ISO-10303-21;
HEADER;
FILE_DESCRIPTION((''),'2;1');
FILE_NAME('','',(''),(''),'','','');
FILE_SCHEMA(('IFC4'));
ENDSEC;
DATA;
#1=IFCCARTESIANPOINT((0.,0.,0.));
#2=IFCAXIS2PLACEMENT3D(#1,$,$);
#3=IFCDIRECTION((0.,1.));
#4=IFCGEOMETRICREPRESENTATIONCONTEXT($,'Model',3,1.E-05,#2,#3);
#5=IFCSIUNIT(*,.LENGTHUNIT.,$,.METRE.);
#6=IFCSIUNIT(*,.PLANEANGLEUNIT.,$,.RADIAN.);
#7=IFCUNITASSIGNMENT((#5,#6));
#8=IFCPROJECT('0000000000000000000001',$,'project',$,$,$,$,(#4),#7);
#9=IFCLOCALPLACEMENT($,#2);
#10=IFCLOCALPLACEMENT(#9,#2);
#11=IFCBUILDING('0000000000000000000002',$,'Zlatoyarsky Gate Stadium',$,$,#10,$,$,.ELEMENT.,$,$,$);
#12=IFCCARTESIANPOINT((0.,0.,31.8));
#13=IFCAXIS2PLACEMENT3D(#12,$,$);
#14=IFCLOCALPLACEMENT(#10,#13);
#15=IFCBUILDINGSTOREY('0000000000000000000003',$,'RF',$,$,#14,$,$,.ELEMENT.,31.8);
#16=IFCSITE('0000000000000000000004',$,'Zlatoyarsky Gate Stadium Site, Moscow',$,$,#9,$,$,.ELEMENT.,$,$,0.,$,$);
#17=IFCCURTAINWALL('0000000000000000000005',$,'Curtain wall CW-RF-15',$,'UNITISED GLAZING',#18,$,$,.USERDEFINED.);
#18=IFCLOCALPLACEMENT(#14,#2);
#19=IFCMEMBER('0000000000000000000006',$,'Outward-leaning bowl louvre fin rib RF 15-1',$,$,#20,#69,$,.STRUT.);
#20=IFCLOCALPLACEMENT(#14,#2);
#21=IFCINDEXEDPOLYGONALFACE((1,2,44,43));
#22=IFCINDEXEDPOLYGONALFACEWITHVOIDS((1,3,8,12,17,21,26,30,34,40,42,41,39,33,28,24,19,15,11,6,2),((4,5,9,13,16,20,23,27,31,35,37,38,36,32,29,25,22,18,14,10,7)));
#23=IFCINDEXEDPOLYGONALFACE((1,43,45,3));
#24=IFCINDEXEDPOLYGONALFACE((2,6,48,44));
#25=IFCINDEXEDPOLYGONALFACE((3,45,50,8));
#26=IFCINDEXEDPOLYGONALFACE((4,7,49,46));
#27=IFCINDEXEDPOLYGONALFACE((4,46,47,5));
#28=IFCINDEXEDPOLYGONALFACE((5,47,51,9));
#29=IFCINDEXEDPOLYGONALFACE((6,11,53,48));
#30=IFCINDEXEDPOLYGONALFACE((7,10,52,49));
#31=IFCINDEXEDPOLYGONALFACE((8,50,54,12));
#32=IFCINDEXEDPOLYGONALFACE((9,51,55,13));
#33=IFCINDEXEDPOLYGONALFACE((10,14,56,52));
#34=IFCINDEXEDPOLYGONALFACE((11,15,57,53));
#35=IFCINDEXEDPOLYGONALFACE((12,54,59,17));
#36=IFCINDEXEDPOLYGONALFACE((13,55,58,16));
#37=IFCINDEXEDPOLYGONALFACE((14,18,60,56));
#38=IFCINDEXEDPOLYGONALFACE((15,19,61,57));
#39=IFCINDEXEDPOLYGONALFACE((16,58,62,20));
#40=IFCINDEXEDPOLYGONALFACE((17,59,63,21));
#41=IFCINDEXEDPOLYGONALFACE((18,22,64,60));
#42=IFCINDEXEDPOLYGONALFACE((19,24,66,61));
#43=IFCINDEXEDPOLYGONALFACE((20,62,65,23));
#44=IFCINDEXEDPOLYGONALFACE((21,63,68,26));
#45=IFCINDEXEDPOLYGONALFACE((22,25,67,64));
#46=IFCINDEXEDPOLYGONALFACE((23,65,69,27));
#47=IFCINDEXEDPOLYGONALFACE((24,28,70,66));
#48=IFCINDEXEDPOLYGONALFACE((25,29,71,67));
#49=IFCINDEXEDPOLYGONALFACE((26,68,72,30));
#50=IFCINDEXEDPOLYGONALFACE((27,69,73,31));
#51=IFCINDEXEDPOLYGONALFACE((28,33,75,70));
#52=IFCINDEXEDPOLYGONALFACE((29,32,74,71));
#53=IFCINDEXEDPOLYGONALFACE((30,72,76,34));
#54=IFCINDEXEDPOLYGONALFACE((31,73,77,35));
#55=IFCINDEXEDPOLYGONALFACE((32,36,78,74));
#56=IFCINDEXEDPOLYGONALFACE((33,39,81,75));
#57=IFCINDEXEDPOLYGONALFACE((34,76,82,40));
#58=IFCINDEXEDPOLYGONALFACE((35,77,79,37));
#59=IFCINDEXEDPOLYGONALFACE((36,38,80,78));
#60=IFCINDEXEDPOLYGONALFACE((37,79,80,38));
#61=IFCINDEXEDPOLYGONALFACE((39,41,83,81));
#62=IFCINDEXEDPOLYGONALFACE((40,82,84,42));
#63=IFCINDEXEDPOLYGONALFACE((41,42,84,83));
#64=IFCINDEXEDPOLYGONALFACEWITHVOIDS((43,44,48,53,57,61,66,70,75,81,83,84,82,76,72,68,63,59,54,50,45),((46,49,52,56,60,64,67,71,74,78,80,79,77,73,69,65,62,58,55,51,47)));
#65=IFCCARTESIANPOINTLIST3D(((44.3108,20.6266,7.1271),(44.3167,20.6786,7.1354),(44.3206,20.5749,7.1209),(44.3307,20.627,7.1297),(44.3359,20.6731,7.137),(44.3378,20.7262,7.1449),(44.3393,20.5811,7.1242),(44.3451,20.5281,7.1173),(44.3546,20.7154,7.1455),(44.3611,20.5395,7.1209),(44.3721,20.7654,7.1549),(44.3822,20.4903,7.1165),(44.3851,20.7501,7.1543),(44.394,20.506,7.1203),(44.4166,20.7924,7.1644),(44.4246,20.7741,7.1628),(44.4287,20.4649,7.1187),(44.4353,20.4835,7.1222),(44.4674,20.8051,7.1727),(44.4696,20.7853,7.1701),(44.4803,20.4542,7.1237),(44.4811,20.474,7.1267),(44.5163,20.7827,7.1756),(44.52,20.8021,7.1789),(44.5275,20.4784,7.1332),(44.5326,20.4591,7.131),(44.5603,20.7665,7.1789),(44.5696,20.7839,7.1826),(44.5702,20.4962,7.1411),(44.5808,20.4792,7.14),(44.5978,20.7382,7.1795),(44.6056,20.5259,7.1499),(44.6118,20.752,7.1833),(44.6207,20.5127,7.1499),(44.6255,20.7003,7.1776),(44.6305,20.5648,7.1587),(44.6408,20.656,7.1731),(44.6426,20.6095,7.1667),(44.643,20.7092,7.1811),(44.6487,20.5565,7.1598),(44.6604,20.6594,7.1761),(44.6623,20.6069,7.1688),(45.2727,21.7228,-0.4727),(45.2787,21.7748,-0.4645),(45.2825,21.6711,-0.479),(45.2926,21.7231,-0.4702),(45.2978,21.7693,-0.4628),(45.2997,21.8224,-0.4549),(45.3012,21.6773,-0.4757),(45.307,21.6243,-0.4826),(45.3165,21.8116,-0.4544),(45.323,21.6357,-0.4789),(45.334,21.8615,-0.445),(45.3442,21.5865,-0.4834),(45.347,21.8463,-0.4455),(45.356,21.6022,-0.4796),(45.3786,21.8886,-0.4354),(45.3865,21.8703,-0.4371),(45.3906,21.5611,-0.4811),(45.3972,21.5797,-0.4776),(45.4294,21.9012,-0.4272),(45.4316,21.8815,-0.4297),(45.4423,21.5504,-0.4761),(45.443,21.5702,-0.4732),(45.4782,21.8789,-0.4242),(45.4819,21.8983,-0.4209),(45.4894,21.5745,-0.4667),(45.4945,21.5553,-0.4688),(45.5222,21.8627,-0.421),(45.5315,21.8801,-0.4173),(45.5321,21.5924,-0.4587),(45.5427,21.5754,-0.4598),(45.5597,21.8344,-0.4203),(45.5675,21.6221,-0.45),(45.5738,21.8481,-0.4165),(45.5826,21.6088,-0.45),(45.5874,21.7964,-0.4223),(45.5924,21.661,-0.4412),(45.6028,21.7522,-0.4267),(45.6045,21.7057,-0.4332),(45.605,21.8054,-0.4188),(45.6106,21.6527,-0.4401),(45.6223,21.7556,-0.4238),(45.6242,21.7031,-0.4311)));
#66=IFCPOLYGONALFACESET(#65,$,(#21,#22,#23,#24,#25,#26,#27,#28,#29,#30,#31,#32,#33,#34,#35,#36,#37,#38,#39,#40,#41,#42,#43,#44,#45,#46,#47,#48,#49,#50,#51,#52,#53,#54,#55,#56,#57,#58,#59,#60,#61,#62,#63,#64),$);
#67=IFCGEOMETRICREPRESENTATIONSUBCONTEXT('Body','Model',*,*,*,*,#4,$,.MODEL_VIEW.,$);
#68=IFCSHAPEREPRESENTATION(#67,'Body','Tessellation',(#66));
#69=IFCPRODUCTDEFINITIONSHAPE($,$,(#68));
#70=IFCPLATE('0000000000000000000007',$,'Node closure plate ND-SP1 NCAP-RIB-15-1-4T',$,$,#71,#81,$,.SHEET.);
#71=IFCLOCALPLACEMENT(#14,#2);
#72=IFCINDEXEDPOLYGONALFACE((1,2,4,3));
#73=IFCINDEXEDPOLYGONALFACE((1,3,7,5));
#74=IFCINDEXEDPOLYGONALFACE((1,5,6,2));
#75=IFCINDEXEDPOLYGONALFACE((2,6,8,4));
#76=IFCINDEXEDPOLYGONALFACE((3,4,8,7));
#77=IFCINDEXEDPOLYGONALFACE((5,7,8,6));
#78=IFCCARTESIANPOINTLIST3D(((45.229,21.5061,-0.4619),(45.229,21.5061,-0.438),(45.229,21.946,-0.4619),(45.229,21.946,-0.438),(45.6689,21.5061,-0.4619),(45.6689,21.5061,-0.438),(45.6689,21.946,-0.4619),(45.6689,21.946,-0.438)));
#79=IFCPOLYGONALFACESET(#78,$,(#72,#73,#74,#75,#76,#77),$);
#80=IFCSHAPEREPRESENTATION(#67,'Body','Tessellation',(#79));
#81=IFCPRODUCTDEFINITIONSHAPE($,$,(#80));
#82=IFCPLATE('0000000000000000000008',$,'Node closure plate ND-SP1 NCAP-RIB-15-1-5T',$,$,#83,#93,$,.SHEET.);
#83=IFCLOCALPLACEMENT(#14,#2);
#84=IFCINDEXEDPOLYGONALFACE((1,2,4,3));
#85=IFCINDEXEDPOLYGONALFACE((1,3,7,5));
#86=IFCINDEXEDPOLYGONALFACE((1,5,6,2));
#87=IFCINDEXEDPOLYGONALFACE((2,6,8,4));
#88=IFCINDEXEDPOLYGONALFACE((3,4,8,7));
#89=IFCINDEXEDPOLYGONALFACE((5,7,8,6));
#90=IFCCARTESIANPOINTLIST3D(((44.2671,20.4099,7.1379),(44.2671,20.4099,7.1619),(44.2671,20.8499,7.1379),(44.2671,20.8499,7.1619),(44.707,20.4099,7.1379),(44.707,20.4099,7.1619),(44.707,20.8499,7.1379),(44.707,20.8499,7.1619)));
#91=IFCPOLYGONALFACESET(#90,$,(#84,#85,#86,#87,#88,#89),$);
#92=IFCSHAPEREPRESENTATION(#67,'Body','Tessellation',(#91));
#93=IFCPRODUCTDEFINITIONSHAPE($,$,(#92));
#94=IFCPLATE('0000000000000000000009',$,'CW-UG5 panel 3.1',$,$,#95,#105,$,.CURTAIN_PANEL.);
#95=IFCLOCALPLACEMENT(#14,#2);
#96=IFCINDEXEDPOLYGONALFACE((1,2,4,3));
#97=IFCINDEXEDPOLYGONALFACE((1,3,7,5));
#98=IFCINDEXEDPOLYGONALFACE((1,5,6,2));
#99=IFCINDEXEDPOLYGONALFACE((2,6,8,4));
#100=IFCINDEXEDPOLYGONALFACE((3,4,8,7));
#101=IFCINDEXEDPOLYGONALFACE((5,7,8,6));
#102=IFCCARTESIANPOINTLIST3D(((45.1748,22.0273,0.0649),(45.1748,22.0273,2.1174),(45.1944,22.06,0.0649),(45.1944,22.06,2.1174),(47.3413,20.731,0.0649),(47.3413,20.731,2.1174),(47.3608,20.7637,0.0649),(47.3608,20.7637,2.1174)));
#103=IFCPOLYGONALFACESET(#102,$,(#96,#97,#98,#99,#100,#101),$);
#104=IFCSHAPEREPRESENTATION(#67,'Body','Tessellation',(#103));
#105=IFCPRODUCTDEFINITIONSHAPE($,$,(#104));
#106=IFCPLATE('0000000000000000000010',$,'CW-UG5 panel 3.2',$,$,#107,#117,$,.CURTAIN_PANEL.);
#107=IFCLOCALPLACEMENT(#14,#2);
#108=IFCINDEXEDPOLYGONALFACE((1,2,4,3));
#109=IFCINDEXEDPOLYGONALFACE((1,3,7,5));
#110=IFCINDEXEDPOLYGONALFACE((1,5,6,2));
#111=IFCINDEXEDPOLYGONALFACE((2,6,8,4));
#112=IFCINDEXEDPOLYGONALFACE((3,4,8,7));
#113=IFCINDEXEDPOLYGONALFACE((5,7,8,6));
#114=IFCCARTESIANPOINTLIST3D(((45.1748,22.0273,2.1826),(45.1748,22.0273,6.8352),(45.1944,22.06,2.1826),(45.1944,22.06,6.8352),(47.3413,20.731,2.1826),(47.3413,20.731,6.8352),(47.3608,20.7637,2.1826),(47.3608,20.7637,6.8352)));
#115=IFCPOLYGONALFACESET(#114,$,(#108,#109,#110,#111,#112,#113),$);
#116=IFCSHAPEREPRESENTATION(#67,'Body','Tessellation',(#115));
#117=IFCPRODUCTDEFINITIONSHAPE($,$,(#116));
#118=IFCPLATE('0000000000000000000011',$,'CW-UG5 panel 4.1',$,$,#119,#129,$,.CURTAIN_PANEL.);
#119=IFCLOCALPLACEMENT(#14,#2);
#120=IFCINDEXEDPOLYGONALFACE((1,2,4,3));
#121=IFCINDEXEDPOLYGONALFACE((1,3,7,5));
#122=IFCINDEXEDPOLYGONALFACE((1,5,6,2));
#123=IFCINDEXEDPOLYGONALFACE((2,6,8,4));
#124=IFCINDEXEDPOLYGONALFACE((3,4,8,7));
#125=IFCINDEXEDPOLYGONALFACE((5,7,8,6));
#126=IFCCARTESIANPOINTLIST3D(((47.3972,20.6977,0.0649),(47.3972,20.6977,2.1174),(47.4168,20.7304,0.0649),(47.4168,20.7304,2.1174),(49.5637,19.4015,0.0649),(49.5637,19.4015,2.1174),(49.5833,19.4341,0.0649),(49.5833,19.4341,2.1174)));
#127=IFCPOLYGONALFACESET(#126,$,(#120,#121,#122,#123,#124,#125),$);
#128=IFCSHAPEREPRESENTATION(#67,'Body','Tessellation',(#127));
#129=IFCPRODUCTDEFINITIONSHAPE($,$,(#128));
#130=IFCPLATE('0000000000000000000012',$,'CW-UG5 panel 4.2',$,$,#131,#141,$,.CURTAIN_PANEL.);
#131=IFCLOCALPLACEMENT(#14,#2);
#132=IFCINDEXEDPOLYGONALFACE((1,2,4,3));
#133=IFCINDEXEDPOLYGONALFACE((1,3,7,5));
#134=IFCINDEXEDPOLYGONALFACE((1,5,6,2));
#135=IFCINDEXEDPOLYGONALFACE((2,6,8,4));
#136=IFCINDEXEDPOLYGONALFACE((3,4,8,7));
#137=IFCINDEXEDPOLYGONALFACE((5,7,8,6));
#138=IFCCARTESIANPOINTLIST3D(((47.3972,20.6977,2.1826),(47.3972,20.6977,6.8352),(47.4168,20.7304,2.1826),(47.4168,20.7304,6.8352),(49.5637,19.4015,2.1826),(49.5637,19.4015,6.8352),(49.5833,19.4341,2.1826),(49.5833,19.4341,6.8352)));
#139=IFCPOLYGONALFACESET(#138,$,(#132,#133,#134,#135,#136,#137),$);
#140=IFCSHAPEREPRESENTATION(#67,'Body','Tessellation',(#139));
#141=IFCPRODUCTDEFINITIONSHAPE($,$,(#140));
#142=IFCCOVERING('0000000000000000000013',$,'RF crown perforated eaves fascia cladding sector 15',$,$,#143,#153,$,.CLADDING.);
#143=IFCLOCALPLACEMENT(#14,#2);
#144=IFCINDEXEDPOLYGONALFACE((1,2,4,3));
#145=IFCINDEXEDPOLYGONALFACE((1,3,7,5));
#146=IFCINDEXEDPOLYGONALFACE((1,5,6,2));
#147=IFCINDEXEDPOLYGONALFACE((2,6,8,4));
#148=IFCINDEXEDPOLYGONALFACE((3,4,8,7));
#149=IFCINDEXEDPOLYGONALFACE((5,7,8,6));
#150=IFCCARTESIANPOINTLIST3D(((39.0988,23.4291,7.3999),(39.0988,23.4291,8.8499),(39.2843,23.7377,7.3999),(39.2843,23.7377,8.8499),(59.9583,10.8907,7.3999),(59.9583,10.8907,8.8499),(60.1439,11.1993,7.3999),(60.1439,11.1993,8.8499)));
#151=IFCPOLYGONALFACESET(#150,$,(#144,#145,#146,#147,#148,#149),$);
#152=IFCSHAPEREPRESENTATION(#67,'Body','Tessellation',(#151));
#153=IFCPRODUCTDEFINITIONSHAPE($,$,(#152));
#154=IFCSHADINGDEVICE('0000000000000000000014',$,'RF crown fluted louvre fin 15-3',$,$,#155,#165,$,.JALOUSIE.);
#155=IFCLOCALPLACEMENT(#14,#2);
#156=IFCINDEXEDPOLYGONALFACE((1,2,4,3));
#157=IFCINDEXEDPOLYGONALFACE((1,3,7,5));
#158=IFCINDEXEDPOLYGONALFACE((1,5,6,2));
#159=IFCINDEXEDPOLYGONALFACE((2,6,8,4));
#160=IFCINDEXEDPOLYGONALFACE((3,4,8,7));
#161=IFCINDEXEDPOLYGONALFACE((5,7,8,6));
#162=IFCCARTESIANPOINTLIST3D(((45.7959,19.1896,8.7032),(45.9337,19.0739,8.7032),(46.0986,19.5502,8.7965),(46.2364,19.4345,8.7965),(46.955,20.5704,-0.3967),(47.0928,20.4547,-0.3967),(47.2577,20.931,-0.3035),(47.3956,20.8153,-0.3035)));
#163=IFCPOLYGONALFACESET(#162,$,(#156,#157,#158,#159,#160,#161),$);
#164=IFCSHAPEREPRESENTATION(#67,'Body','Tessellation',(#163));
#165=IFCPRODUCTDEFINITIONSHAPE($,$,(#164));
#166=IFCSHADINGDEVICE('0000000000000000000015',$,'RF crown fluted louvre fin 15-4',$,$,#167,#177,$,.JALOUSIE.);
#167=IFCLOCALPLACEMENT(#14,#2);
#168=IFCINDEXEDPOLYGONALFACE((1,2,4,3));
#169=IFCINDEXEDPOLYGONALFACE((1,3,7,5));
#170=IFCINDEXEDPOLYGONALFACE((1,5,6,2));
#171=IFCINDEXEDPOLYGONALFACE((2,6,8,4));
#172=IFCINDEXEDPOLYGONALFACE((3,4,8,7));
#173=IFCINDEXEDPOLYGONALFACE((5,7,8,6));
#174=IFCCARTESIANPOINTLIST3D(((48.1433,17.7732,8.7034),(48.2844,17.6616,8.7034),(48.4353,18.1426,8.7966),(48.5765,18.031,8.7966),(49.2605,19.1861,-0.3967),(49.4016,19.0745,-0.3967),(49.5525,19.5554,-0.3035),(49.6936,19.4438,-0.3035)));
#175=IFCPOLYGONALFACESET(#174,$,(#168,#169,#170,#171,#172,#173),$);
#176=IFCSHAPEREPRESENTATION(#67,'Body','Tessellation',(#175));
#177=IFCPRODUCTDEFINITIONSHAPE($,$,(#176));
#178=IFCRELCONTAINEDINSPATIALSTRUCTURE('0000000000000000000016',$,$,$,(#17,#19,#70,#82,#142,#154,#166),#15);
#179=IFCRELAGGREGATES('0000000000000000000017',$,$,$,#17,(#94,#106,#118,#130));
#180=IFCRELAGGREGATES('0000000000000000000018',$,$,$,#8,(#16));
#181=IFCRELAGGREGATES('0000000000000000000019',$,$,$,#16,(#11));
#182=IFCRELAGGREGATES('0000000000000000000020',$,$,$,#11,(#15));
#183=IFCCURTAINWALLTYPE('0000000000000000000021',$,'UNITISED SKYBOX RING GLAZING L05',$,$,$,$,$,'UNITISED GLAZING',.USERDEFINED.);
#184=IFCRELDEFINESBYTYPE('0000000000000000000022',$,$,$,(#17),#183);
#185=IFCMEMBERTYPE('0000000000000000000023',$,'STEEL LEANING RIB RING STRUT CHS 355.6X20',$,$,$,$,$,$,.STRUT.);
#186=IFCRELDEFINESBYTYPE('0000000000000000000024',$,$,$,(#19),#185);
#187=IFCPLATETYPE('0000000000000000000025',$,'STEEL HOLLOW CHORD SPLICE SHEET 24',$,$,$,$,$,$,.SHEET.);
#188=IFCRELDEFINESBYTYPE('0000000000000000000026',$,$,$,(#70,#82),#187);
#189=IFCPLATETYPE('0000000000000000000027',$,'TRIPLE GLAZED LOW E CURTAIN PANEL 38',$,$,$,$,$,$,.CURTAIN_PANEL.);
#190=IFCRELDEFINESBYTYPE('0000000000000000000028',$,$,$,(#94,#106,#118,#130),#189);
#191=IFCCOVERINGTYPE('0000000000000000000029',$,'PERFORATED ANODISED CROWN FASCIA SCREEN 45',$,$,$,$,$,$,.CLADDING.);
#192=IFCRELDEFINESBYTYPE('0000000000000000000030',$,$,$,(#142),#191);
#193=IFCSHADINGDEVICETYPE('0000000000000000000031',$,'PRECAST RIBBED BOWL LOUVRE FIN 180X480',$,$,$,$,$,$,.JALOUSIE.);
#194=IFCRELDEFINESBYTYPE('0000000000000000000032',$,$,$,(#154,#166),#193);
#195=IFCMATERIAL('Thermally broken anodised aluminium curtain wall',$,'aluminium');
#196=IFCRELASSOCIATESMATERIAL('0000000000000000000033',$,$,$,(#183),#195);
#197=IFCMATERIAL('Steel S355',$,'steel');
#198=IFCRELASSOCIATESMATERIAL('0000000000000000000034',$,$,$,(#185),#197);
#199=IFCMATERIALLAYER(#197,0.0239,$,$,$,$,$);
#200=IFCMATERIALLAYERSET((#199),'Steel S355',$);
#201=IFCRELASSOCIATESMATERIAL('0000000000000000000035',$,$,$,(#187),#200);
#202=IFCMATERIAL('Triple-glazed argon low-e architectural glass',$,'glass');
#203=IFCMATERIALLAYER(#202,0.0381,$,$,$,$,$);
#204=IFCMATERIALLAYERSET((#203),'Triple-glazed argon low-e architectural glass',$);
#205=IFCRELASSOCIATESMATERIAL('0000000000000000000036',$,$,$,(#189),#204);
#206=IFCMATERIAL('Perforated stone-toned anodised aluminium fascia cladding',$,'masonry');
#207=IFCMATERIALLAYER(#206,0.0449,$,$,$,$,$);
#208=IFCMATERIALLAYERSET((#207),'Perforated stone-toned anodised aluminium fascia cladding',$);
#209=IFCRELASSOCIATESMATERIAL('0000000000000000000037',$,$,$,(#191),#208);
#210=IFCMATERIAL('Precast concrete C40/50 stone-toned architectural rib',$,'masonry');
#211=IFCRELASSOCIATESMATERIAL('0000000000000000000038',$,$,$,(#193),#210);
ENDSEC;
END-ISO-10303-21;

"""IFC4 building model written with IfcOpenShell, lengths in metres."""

from ifc_helpers import new_model, si_unit, direction, frame, origin, origin_2d, place, context, subcontext, project, spatial, rectangle, hollow_circle, extrude, material, layer, layer_set, material_profile, profile_set, type_object, element, aggregate, save


model = new_model("IFC4")

# Units and contexts
model_context = context("Model", 3, precision=1e-05, world=origin(), true_north=direction((0.0, 1.0)))
body_context = subcontext(model_context, "Body", "Model", "MODEL_VIEW")
ifc_project = project(units=[si_unit("LENGTHUNIT", "METRE"), si_unit("PLANEANGLEUNIT", "RADIAN")], contexts=[model_context])

# Site, building, storey
site_placement = place(None, origin())
site = spatial("IfcSite", under=ifc_project, at=site_placement, Name="Zlatoyarsky Gate Stadium Site, Moscow", CompositionType="ELEMENT", RefElevation=0.0)
building_placement = place(site_placement, origin())
building = spatial("IfcBuilding", under=site, at=building_placement, Name="Zlatoyarsky Gate Stadium", CompositionType="ELEMENT")
storey_placement = place(building_placement, frame((0.0, 0.0, 31.8)))
storey = spatial("IfcBuildingStorey", under=building, at=storey_placement, Name="RF", CompositionType="ELEMENT", Elevation=31.8)

# Curtain wall
ifc_material_1 = material(Name="Thermally broken anodised aluminium curtain wall", Category="aluminium")
curtain_wall_type = type_object("IfcCurtainWallType", Name="UNITISED SKYBOX RING GLAZING L05", ElementType="UNITISED GLAZING", PredefinedType="USERDEFINED", material=ifc_material_1)
curtain_wall_placement = place(storey_placement, origin())
curtain_wall = element("IfcCurtainWall", 1, at=curtain_wall_placement, inside=storey, type_object=curtain_wall_type, Name="Curtain wall CW-RF-15", ObjectType="UNITISED GLAZING", PredefinedType="USERDEFINED")

# Member
ifc_material_2 = material(Name="Steel S355", Category="steel")
ifc_material_profile_1 = material_profile(ifc_material_2, hollow_circle(Radius=0.1777, WallThickness=0.02, at=origin_2d()), Name="CHS 355.6X20")
ifc_profile_set_1 = profile_set([ifc_material_profile_1], Name="Steel S355")
member_type_1 = type_object("IfcMemberType", Name="STEEL LEANING RIB RING STRUT CHS 355.6X20", PredefinedType="STRUT", material=ifc_profile_set_1)
member_1_placement = place(storey_placement, frame((45.449, 21.7261, -0.45), z_axis=(-0.124302, -0.141654, 0.982081), x_axis=(0.751643, -0.659571, 0.0)))
element("IfcMember", 2, at=member_1_placement, inside=storey, type_object=member_type_1, Name="Outward-leaning bowl louvre fin rib RF 15-1", PredefinedType="STRUT", context=body_context, shape_type="SweptSolid", body=[
    extrude(hollow_circle(Radius=0.1777, WallThickness=0.02, at=origin_2d()), origin(), (0.0, 0.0, 1.0), 7.7385),
])

# Plates
ifc_layer_1 = layer(ifc_material_2, 0.0239)
ifc_layer_set_1 = layer_set([ifc_layer_1], Name="Steel S355")
plate_type_1 = type_object("IfcPlateType", Name="STEEL HOLLOW CHORD SPLICE SHEET 24", PredefinedType="SHEET", material=ifc_layer_set_1)
for number, where, z_axis, x_axis, name in (
    (3, (45.449, 21.7261, -0.4619), (0.0, 0.0, 1.0), (1.0, 0.0, 0.0), "Node closure plate ND-SP1 NCAP-RIB-15-1-4T"),
    (4, (44.4871, 20.6299, 7.1379), (0.0, 0.0, 1.0), (1.0, 0.0, 0.0), "Node closure plate ND-SP1 NCAP-RIB-15-1-5T"),
):
    element("IfcPlate", number, at=place(storey_placement, frame(where, z_axis=z_axis, x_axis=x_axis)), inside=storey, type_object=plate_type_1, Name=name, PredefinedType="SHEET", context=body_context, shape_type="SweptSolid", body=[
        extrude(rectangle(XDim=0.4399, YDim=0.4399, at=origin_2d()), origin(), (0.0, 0.0, 1.0), 0.0239),
    ])

# Plates
ifc_material_3 = material(Name="Triple-glazed argon low-e architectural glass", Category="glass")
ifc_layer_2 = layer(ifc_material_3, 0.0381)
ifc_layer_set_2 = layer_set([ifc_layer_2], Name="Triple-glazed argon low-e architectural glass")
plate_type_2 = type_object("IfcPlateType", Name="TRIPLE GLAZED LOW E CURTAIN PANEL 38", PredefinedType="CURTAIN_PANEL", material=ifc_layer_set_2)
plate_1_placement = place(storey_placement, frame((46.2678, 21.3955, 0.0649), z_axis=(0.0, 0.0, 1.0), x_axis=(0.858128, -0.513436, 0.0)))
plate_1 = element("IfcPlate", 5, at=plate_1_placement, type_object=plate_type_2, Name="CW-UG5 panel 3.1", PredefinedType="CURTAIN_PANEL", context=body_context, shape_type="SweptSolid", body=[
    extrude(rectangle(XDim=2.5247, YDim=0.0381, at=origin_2d()), origin(), (0.0, 0.0, 1.0), 2.0525),
])
plate_2_placement = place(storey_placement, frame((46.2678, 21.3955, 2.1826), z_axis=(0.0, 0.0, 1.0), x_axis=(0.858128, -0.513436, 0.0)))
plate_2 = element("IfcPlate", 6, at=plate_2_placement, type_object=plate_type_2, Name="CW-UG5 panel 3.2", PredefinedType="CURTAIN_PANEL", context=body_context, shape_type="SweptSolid", body=[
    extrude(rectangle(XDim=2.5247, YDim=0.0381, at=origin_2d()), origin(), (0.0, 0.0, 1.0), 4.6526),
])
plate_3_placement = place(storey_placement, frame((48.4902, 20.0659, 0.0649), z_axis=(0.0, 0.0, 1.0), x_axis=(0.858128, -0.513436, 0.0)))
plate_3 = element("IfcPlate", 7, at=plate_3_placement, type_object=plate_type_2, Name="CW-UG5 panel 4.1", PredefinedType="CURTAIN_PANEL", context=body_context, shape_type="SweptSolid", body=[
    extrude(rectangle(XDim=2.5247, YDim=0.0381, at=origin_2d()), origin(), (0.0, 0.0, 1.0), 2.0525),
])
plate_4_placement = place(storey_placement, frame((48.4902, 20.0659, 2.1826), z_axis=(0.0, 0.0, 1.0), x_axis=(0.858128, -0.513436, 0.0)))
plate_4 = element("IfcPlate", 8, at=plate_4_placement, type_object=plate_type_2, Name="CW-UG5 panel 4.2", PredefinedType="CURTAIN_PANEL", context=body_context, shape_type="SweptSolid", body=[
    extrude(rectangle(XDim=2.5247, YDim=0.0381, at=origin_2d()), origin(), (0.0, 0.0, 1.0), 4.6526),
])
aggregate(curtain_wall, [plate_1, plate_2, plate_3, plate_4])

# Covering
ifc_material_4 = material(Name="Perforated stone-toned anodised aluminium fascia cladding", Category="masonry")
ifc_layer_3 = layer(ifc_material_4, 0.0449)
ifc_layer_set_3 = layer_set([ifc_layer_3], Name="Perforated stone-toned anodised aluminium fascia cladding")
covering_type = type_object("IfcCoveringType", Name="PERFORATED ANODISED CROWN FASCIA SCREEN 45", PredefinedType="CLADDING", material=ifc_layer_set_3)
covering_placement = place(storey_placement, frame((49.6213, 17.3142, 7.3999), z_axis=(0.0, 0.0, 1.0), x_axis=(0.857081, -0.515182, 0.0)))
element("IfcCovering", 9, at=covering_placement, inside=storey, type_object=covering_type, Name="RF crown perforated eaves fascia cladding sector 15", PredefinedType="CLADDING", context=body_context, shape_type="SweptSolid", body=[
    extrude(rectangle(XDim=24.3379, YDim=0.3601, at=origin_2d()), origin(), (0.0, 0.0, 1.0), 1.45),
])

# Shading devices
ifc_material_5 = material(Name="Precast concrete C40/50 stone-toned architectural rib", Category="masonry")
ifc_material_profile_2 = material_profile(ifc_material_5, rectangle(XDim=0.1799, YDim=0.48, at=origin_2d()), Name="RIB 180X480")
ifc_profile_set_2 = profile_set([ifc_material_profile_2], Name="Precast concrete C40/50 stone-toned architectural rib")
shading_device_type = type_object("IfcShadingDeviceType", Name="PRECAST RIBBED BOWL LOUVRE FIN 180X480", PredefinedType="JALOUSIE", material=ifc_profile_set_2)
shading_device_1_placement = place(storey_placement, frame((47.1753, 20.6929, -0.3501), z_axis=(-0.124952, -0.148848, 0.980934), x_axis=(0.765908, -0.642951, 0.0)))
element("IfcShadingDevice", 10, at=shading_device_1_placement, inside=storey, type_object=shading_device_type, Name="RF crown fluted louvre fin 15-3", PredefinedType="JALOUSIE", context=body_context, shape_type="SweptSolid", body=[
    extrude(rectangle(XDim=0.1799, YDim=0.48, at=origin_2d()), origin(), (0.0, 0.0, 1.0), 9.2769),
])
shading_device_2_placement = place(storey_placement, frame((49.4771, 19.3149, -0.3501), z_axis=(-0.12043, -0.152301, 0.980969), x_axis=(0.7844, -0.620255, 0.0)))
element("IfcShadingDevice", 11, at=shading_device_2_placement, inside=storey, type_object=shading_device_type, Name="RF crown fluted louvre fin 15-4", PredefinedType="JALOUSIE", context=body_context, shape_type="SweptSolid", body=[
    extrude(rectangle(XDim=0.1799, YDim=0.48, at=origin_2d()), origin(), (0.0, 0.0, 1.0), 9.2766),
])

save(model, "model.ifc")
